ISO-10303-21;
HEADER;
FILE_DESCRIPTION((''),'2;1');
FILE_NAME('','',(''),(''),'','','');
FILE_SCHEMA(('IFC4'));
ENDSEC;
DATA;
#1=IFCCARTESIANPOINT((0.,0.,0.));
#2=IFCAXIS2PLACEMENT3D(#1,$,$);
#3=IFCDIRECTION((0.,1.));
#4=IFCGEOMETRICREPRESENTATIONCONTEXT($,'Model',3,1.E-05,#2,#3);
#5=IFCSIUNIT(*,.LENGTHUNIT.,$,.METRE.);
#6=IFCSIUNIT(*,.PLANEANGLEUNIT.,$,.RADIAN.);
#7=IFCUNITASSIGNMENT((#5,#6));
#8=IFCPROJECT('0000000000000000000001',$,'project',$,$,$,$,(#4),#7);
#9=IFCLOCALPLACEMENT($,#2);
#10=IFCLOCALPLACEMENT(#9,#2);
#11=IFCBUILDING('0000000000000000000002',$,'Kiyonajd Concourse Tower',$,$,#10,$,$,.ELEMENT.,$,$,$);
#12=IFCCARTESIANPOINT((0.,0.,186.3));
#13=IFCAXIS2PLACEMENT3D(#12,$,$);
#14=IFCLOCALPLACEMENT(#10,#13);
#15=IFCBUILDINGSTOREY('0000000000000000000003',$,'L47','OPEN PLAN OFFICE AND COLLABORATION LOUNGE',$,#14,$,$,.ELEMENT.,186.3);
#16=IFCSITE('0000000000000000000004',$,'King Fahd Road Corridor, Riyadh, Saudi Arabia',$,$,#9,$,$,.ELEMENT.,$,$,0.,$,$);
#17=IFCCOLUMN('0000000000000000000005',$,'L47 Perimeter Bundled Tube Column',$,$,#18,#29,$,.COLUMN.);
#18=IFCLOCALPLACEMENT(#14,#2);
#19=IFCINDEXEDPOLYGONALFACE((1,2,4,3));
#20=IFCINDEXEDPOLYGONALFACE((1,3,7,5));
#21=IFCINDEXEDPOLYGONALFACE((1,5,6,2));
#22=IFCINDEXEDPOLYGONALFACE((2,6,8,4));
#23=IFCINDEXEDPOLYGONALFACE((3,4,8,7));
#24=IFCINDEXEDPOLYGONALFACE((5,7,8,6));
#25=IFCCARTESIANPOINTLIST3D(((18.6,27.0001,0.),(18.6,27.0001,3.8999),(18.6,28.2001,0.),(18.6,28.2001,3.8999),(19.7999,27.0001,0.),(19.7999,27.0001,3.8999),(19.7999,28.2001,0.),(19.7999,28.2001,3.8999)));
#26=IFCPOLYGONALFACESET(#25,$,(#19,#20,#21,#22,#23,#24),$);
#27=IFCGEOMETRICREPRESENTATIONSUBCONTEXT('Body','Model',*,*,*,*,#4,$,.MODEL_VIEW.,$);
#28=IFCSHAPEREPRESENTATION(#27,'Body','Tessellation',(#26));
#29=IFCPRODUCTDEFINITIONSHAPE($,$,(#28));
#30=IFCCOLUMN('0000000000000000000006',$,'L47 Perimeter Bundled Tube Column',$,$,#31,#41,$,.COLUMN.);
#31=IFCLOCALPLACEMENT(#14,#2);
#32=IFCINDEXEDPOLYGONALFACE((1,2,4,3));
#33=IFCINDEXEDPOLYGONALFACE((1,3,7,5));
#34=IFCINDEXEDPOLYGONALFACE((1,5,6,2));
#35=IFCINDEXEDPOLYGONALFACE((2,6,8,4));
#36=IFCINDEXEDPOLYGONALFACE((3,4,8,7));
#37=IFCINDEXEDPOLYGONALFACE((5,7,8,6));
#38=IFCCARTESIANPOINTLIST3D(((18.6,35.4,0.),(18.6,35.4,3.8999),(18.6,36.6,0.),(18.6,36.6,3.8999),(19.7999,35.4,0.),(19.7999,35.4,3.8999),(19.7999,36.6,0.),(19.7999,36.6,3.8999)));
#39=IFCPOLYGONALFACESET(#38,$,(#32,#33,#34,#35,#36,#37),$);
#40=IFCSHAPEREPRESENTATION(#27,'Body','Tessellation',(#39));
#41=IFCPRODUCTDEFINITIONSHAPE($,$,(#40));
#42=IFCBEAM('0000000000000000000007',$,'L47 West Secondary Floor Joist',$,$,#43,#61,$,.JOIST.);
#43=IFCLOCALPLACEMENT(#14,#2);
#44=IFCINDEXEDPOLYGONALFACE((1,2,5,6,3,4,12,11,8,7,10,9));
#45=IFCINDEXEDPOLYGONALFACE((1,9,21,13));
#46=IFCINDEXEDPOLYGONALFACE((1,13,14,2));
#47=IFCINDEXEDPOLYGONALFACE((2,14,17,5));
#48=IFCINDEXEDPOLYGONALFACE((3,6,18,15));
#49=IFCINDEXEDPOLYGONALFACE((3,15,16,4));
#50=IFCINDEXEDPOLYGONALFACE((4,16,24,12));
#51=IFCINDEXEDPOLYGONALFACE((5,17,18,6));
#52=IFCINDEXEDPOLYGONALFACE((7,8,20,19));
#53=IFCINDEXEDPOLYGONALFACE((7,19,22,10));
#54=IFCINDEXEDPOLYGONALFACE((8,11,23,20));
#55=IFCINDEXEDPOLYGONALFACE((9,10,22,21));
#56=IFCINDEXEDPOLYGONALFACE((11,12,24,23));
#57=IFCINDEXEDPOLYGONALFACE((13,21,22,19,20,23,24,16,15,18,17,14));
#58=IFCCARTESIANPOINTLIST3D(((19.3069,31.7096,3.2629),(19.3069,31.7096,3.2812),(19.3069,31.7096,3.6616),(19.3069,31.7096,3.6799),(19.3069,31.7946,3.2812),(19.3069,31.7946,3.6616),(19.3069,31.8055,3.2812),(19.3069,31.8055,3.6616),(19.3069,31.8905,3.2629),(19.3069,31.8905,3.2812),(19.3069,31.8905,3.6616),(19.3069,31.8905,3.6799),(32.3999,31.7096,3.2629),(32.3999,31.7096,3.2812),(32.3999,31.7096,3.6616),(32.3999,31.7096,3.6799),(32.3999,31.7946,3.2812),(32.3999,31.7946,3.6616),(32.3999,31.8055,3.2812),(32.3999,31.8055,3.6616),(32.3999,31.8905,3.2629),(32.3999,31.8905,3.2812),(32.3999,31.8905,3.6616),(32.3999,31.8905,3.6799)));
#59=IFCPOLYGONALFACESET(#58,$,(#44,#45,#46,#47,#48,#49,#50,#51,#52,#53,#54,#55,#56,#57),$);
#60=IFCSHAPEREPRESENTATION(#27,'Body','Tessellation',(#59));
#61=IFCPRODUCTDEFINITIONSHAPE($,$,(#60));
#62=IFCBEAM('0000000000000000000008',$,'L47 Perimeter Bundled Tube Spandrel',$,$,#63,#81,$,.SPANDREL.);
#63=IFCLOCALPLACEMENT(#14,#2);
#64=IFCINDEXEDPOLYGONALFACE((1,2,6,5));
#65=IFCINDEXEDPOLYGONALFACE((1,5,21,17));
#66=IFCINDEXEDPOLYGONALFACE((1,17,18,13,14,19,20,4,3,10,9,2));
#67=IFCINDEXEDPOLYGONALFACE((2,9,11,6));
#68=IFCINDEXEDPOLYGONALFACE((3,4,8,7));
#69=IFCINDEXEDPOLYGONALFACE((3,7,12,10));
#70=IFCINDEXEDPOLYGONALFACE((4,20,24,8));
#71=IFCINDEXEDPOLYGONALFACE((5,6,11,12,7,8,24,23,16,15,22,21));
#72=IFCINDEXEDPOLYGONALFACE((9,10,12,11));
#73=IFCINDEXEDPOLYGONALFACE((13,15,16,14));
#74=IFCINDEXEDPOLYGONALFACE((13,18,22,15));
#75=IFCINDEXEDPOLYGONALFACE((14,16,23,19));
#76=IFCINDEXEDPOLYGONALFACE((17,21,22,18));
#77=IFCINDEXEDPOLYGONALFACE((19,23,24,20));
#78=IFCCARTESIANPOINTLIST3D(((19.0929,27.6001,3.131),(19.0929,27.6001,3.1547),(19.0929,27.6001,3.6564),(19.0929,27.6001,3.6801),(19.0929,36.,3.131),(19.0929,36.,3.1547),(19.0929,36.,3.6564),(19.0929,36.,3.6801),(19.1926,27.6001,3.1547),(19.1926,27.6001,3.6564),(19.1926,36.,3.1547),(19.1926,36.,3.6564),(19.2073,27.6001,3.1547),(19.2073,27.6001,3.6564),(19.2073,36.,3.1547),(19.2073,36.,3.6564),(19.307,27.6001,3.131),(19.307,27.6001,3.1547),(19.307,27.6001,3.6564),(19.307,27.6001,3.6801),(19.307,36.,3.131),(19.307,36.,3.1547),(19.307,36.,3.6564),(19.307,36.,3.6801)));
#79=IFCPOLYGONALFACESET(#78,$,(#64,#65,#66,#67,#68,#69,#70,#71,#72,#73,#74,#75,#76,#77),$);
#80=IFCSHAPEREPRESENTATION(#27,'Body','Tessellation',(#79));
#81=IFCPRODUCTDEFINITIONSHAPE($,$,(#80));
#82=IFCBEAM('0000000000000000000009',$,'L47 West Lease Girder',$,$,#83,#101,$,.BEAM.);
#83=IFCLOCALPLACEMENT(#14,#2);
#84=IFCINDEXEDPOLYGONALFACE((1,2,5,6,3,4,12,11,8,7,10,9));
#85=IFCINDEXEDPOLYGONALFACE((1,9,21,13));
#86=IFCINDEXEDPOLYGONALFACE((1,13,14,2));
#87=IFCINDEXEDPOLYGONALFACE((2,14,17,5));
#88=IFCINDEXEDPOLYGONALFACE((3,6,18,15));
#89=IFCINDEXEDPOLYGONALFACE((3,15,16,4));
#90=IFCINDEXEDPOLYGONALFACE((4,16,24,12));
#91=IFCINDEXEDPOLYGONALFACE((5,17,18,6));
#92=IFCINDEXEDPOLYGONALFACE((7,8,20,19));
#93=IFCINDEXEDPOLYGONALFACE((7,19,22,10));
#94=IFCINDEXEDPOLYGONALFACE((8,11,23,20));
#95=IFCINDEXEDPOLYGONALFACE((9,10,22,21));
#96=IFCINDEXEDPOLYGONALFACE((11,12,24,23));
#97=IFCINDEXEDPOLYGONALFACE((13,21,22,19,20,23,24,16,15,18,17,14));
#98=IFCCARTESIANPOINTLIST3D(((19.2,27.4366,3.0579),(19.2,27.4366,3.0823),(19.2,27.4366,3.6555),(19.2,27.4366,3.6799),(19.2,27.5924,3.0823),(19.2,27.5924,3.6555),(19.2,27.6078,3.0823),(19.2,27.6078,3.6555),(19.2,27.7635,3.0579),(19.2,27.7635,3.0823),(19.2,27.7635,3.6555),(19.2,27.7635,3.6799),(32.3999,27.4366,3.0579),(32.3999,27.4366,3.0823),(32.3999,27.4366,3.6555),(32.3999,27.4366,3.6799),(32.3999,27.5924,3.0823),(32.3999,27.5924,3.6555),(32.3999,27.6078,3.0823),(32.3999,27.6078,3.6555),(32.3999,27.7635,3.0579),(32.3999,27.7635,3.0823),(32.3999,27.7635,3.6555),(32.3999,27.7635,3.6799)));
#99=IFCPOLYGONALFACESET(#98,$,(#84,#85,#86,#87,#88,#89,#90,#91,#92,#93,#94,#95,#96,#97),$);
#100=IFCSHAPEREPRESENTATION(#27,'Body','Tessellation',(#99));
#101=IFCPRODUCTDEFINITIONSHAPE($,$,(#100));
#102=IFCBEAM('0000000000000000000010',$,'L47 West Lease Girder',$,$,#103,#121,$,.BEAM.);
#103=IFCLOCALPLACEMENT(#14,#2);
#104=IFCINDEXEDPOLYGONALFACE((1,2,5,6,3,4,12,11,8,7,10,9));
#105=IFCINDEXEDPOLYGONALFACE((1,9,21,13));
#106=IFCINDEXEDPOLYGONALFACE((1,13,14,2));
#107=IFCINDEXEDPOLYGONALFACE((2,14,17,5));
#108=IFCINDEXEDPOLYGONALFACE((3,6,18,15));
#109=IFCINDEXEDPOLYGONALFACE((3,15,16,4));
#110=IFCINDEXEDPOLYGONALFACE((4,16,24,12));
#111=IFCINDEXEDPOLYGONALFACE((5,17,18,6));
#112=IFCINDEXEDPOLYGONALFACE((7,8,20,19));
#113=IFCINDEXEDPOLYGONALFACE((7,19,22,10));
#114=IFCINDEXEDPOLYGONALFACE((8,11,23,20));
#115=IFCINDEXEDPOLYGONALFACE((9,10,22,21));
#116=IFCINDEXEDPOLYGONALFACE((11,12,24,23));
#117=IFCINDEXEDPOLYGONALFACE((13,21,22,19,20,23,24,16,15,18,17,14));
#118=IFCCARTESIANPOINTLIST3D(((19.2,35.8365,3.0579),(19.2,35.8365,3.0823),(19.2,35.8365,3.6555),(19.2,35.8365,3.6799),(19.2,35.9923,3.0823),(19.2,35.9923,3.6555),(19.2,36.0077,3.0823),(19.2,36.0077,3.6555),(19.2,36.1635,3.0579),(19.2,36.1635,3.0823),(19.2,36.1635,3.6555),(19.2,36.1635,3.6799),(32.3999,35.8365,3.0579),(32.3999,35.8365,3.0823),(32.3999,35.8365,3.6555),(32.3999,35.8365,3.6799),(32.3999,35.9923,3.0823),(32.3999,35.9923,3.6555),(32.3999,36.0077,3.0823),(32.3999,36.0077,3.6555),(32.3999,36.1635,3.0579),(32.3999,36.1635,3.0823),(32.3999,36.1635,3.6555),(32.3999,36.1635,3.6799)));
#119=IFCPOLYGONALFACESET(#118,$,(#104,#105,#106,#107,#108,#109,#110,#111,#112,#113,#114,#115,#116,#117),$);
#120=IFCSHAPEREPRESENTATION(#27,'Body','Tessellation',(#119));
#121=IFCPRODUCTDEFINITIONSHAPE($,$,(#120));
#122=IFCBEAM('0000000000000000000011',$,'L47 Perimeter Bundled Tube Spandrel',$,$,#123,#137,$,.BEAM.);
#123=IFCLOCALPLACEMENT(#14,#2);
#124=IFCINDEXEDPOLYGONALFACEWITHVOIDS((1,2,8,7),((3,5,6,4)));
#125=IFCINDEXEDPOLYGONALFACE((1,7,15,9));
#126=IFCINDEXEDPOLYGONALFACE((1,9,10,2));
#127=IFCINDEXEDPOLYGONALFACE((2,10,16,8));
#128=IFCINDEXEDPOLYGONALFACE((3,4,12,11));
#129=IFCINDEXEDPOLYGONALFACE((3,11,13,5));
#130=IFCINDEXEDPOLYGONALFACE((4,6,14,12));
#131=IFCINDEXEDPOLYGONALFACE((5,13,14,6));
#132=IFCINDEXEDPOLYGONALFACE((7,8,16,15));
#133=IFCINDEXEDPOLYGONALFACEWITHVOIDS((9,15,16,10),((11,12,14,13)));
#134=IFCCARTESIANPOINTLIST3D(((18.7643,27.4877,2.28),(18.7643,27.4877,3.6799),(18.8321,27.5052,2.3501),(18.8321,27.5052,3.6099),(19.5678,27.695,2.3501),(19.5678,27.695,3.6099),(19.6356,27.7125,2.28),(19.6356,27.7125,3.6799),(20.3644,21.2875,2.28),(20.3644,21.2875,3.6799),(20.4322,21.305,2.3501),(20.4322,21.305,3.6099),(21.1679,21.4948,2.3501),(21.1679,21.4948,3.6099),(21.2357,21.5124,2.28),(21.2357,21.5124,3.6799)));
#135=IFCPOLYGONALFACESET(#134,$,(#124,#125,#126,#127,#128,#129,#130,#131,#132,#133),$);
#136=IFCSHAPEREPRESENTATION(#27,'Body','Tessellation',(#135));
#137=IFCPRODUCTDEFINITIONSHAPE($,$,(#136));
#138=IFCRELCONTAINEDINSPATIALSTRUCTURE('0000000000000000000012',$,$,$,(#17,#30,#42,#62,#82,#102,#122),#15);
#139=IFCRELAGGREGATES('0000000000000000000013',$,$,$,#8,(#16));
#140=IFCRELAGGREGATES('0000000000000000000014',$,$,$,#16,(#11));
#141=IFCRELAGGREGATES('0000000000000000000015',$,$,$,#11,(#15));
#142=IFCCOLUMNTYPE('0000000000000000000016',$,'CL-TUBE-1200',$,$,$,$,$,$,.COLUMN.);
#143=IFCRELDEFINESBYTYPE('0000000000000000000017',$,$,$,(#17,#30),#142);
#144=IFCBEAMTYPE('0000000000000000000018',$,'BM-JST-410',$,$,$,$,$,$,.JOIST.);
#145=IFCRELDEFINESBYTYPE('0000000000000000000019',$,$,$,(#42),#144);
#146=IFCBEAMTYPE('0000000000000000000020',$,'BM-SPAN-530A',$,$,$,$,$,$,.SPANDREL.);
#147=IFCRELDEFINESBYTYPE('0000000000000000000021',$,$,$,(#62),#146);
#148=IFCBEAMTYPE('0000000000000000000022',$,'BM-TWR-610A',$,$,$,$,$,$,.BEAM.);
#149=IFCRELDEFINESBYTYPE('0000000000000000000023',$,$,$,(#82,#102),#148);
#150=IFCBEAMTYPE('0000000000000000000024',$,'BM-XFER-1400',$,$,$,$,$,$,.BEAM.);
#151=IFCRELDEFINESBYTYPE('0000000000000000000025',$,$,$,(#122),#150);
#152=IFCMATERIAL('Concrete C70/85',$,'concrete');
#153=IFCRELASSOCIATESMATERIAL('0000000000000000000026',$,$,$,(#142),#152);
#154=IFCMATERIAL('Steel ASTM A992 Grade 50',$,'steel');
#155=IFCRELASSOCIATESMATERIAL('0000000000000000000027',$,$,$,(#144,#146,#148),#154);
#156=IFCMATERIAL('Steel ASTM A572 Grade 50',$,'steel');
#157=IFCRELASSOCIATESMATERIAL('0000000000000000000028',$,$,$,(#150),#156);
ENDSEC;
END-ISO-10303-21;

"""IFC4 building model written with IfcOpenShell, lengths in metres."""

from ifc_helpers import new_model, si_unit, direction, frame, origin, origin_2d, place, context, subcontext, project, spatial, rectangle, hollow_rectangle, i_section, extrude, material, material_profile, profile_set, type_object, element, save


model = new_model("IFC4")

# Units and contexts
model_context = context("Model", 3, precision=1e-05, world=origin(), true_north=direction((0.0, 1.0)))
body_context = subcontext(model_context, "Body", "Model", "MODEL_VIEW")
ifc_project = project(units=[si_unit("LENGTHUNIT", "METRE"), si_unit("PLANEANGLEUNIT", "RADIAN")], contexts=[model_context])

# Site, building, storey
site_placement = place(None, origin())
site = spatial("IfcSite", under=ifc_project, at=site_placement, Name="King Fahd Road Corridor, Riyadh, Saudi Arabia", CompositionType="ELEMENT", RefElevation=0.0)
building_placement = place(site_placement, origin())
building = spatial("IfcBuilding", under=site, at=building_placement, Name="Kiyonajd Concourse Tower", CompositionType="ELEMENT")
storey_placement = place(building_placement, frame((0.0, 0.0, 186.3)))
storey = spatial("IfcBuildingStorey", under=building, at=storey_placement, Name="L47", Description="OPEN PLAN OFFICE AND COLLABORATION LOUNGE", CompositionType="ELEMENT", Elevation=186.3)

# Columns
ifc_material_1 = material(Name="Concrete C70/85", Category="concrete")
ifc_material_profile_1 = material_profile(ifc_material_1, rectangle(XDim=1.2, YDim=1.2, at=origin_2d()), Name="RC-1200x1200")
ifc_profile_set_1 = profile_set([ifc_material_profile_1], Name="Concrete C70/85")
column_type = type_object("IfcColumnType", Name="CL-TUBE-1200", PredefinedType="COLUMN", material=ifc_profile_set_1)
for number, where, z_axis, x_axis, name in (
    (1, (19.2, 27.6001, 0.0), (0.0, 0.0, 1.0), (1.0, 0.0, 0.0), "L47 Perimeter Bundled Tube Column"),
    (2, (19.2, 36.0, 0.0), (0.0, 0.0, 1.0), (1.0, 0.0, 0.0), "L47 Perimeter Bundled Tube Column"),
):
    element("IfcColumn", number, at=place(storey_placement, frame(where, z_axis=z_axis, x_axis=x_axis)), inside=storey, type_object=column_type, Name=name, PredefinedType="COLUMN", context=body_context, shape_type="SweptSolid", body=[
        extrude(rectangle(XDim=1.2, YDim=1.2, at=origin_2d()), origin(), (0.0, 0.0, 1.0), 3.8999),
    ])

# Beams
ifc_material_2 = material(Name="Steel ASTM A992 Grade 50", Category="steel")
ifc_material_profile_2 = material_profile(ifc_material_2, i_section(OverallWidth=0.1809, OverallDepth=0.417, WebThickness=0.011, FlangeThickness=0.0183, at=origin_2d()), Name="W410X85")
ifc_profile_set_2 = profile_set([ifc_material_profile_2], Name="Steel ASTM A992 Grade 50")
beam_type_1 = type_object("IfcBeamType", Name="BM-JST-410", PredefinedType="JOIST", material=ifc_profile_set_2)
beam_1_placement = place(storey_placement, frame((19.3069, 31.8, 3.4714), z_axis=(1.0, 0.0, 0.0), x_axis=(0.0, 1.0, 0.0)))
element("IfcBeam", 3, at=beam_1_placement, inside=storey, type_object=beam_type_1, Name="L47 West Secondary Floor Joist", PredefinedType="JOIST", context=body_context, shape_type="SweptSolid", body=[
    extrude(i_section(OverallWidth=0.1809, OverallDepth=0.417, WebThickness=0.011, FlangeThickness=0.0183, at=origin_2d()), origin(), (0.0, 0.0, 1.0), 13.093),
])
ifc_material_profile_3 = material_profile(ifc_material_2, i_section(OverallWidth=0.2141, OverallDepth=0.5491, WebThickness=0.0146, FlangeThickness=0.0237, at=origin_2d()), Name="W530X138")
ifc_profile_set_3 = profile_set([ifc_material_profile_3], Name="Steel ASTM A992 Grade 50")
beam_type_2 = type_object("IfcBeamType", Name="BM-SPAN-530A", PredefinedType="SPANDREL", material=ifc_profile_set_3)
beam_2_placement = place(storey_placement, frame((19.2, 36.0, 3.4055), z_axis=(0.0, -1.0, 0.0), x_axis=(1.0, 0.0, 0.0)))
element("IfcBeam", 4, at=beam_2_placement, inside=storey, type_object=beam_type_2, Name="L47 Perimeter Bundled Tube Spandrel", PredefinedType="SPANDREL", context=body_context, shape_type="SweptSolid", body=[
    extrude(i_section(OverallWidth=0.2141, OverallDepth=0.5491, WebThickness=0.0146, FlangeThickness=0.0237, at=origin_2d()), origin(), (0.0, 0.0, 1.0), 8.3999),
])
ifc_material_profile_4 = material_profile(ifc_material_2, i_section(OverallWidth=0.3269, OverallDepth=0.6221, WebThickness=0.0154, FlangeThickness=0.0244, at=origin_2d()), Name="W610X195")
ifc_profile_set_4 = profile_set([ifc_material_profile_4], Name="Steel ASTM A992 Grade 50")
beam_type_3 = type_object("IfcBeamType", Name="BM-TWR-610A", PredefinedType="BEAM", material=ifc_profile_set_4)
for number, where, z_axis, x_axis, name in (
    (5, (19.2, 27.6001, 3.3689), (1.0, 0.0, 0.0), (0.0, 1.0, 0.0), "L47 West Lease Girder"),
    (6, (19.2, 36.0, 3.3689), (1.0, 0.0, 0.0), (0.0, 1.0, 0.0), "L47 West Lease Girder"),
):
    element("IfcBeam", number, at=place(storey_placement, frame(where, z_axis=z_axis, x_axis=x_axis)), inside=storey, type_object=beam_type_3, Name=name, PredefinedType="BEAM", context=body_context, shape_type="SweptSolid", body=[
        extrude(i_section(OverallWidth=0.3269, OverallDepth=0.6221, WebThickness=0.0154, FlangeThickness=0.0244, at=origin_2d()), origin(), (0.0, 0.0, 1.0), 13.2),
    ])
ifc_material_3 = material(Name="Steel ASTM A572 Grade 50", Category="steel")
ifc_material_profile_5 = material_profile(ifc_material_3, hollow_rectangle(XDim=0.8999, YDim=1.3999, WallThickness=0.0701, at=origin_2d()), Name="BOX-1400x900x70")
ifc_profile_set_5 = profile_set([ifc_material_profile_5], Name="Steel ASTM A572 Grade 50")
beam_type_4 = type_object("IfcBeamType", Name="BM-XFER-1400", PredefinedType="BEAM", material=ifc_profile_set_5)
beam_3_placement = place(storey_placement, frame((19.2, 27.6001, 2.98), z_axis=(0.249885, -0.968276, 0.0), x_axis=(0.968276, 0.249885, 0.0)))
element("IfcBeam", 7, at=beam_3_placement, inside=storey, type_object=beam_type_4, Name="L47 Perimeter Bundled Tube Spandrel", PredefinedType="BEAM", context=body_context, shape_type="SweptSolid", body=[
    extrude(hollow_rectangle(XDim=0.8999, YDim=1.3999, WallThickness=0.0701, at=origin_2d()), origin(), (0.0, 0.0, 1.0), 6.4033),
])

save(model, "model.ifc")
